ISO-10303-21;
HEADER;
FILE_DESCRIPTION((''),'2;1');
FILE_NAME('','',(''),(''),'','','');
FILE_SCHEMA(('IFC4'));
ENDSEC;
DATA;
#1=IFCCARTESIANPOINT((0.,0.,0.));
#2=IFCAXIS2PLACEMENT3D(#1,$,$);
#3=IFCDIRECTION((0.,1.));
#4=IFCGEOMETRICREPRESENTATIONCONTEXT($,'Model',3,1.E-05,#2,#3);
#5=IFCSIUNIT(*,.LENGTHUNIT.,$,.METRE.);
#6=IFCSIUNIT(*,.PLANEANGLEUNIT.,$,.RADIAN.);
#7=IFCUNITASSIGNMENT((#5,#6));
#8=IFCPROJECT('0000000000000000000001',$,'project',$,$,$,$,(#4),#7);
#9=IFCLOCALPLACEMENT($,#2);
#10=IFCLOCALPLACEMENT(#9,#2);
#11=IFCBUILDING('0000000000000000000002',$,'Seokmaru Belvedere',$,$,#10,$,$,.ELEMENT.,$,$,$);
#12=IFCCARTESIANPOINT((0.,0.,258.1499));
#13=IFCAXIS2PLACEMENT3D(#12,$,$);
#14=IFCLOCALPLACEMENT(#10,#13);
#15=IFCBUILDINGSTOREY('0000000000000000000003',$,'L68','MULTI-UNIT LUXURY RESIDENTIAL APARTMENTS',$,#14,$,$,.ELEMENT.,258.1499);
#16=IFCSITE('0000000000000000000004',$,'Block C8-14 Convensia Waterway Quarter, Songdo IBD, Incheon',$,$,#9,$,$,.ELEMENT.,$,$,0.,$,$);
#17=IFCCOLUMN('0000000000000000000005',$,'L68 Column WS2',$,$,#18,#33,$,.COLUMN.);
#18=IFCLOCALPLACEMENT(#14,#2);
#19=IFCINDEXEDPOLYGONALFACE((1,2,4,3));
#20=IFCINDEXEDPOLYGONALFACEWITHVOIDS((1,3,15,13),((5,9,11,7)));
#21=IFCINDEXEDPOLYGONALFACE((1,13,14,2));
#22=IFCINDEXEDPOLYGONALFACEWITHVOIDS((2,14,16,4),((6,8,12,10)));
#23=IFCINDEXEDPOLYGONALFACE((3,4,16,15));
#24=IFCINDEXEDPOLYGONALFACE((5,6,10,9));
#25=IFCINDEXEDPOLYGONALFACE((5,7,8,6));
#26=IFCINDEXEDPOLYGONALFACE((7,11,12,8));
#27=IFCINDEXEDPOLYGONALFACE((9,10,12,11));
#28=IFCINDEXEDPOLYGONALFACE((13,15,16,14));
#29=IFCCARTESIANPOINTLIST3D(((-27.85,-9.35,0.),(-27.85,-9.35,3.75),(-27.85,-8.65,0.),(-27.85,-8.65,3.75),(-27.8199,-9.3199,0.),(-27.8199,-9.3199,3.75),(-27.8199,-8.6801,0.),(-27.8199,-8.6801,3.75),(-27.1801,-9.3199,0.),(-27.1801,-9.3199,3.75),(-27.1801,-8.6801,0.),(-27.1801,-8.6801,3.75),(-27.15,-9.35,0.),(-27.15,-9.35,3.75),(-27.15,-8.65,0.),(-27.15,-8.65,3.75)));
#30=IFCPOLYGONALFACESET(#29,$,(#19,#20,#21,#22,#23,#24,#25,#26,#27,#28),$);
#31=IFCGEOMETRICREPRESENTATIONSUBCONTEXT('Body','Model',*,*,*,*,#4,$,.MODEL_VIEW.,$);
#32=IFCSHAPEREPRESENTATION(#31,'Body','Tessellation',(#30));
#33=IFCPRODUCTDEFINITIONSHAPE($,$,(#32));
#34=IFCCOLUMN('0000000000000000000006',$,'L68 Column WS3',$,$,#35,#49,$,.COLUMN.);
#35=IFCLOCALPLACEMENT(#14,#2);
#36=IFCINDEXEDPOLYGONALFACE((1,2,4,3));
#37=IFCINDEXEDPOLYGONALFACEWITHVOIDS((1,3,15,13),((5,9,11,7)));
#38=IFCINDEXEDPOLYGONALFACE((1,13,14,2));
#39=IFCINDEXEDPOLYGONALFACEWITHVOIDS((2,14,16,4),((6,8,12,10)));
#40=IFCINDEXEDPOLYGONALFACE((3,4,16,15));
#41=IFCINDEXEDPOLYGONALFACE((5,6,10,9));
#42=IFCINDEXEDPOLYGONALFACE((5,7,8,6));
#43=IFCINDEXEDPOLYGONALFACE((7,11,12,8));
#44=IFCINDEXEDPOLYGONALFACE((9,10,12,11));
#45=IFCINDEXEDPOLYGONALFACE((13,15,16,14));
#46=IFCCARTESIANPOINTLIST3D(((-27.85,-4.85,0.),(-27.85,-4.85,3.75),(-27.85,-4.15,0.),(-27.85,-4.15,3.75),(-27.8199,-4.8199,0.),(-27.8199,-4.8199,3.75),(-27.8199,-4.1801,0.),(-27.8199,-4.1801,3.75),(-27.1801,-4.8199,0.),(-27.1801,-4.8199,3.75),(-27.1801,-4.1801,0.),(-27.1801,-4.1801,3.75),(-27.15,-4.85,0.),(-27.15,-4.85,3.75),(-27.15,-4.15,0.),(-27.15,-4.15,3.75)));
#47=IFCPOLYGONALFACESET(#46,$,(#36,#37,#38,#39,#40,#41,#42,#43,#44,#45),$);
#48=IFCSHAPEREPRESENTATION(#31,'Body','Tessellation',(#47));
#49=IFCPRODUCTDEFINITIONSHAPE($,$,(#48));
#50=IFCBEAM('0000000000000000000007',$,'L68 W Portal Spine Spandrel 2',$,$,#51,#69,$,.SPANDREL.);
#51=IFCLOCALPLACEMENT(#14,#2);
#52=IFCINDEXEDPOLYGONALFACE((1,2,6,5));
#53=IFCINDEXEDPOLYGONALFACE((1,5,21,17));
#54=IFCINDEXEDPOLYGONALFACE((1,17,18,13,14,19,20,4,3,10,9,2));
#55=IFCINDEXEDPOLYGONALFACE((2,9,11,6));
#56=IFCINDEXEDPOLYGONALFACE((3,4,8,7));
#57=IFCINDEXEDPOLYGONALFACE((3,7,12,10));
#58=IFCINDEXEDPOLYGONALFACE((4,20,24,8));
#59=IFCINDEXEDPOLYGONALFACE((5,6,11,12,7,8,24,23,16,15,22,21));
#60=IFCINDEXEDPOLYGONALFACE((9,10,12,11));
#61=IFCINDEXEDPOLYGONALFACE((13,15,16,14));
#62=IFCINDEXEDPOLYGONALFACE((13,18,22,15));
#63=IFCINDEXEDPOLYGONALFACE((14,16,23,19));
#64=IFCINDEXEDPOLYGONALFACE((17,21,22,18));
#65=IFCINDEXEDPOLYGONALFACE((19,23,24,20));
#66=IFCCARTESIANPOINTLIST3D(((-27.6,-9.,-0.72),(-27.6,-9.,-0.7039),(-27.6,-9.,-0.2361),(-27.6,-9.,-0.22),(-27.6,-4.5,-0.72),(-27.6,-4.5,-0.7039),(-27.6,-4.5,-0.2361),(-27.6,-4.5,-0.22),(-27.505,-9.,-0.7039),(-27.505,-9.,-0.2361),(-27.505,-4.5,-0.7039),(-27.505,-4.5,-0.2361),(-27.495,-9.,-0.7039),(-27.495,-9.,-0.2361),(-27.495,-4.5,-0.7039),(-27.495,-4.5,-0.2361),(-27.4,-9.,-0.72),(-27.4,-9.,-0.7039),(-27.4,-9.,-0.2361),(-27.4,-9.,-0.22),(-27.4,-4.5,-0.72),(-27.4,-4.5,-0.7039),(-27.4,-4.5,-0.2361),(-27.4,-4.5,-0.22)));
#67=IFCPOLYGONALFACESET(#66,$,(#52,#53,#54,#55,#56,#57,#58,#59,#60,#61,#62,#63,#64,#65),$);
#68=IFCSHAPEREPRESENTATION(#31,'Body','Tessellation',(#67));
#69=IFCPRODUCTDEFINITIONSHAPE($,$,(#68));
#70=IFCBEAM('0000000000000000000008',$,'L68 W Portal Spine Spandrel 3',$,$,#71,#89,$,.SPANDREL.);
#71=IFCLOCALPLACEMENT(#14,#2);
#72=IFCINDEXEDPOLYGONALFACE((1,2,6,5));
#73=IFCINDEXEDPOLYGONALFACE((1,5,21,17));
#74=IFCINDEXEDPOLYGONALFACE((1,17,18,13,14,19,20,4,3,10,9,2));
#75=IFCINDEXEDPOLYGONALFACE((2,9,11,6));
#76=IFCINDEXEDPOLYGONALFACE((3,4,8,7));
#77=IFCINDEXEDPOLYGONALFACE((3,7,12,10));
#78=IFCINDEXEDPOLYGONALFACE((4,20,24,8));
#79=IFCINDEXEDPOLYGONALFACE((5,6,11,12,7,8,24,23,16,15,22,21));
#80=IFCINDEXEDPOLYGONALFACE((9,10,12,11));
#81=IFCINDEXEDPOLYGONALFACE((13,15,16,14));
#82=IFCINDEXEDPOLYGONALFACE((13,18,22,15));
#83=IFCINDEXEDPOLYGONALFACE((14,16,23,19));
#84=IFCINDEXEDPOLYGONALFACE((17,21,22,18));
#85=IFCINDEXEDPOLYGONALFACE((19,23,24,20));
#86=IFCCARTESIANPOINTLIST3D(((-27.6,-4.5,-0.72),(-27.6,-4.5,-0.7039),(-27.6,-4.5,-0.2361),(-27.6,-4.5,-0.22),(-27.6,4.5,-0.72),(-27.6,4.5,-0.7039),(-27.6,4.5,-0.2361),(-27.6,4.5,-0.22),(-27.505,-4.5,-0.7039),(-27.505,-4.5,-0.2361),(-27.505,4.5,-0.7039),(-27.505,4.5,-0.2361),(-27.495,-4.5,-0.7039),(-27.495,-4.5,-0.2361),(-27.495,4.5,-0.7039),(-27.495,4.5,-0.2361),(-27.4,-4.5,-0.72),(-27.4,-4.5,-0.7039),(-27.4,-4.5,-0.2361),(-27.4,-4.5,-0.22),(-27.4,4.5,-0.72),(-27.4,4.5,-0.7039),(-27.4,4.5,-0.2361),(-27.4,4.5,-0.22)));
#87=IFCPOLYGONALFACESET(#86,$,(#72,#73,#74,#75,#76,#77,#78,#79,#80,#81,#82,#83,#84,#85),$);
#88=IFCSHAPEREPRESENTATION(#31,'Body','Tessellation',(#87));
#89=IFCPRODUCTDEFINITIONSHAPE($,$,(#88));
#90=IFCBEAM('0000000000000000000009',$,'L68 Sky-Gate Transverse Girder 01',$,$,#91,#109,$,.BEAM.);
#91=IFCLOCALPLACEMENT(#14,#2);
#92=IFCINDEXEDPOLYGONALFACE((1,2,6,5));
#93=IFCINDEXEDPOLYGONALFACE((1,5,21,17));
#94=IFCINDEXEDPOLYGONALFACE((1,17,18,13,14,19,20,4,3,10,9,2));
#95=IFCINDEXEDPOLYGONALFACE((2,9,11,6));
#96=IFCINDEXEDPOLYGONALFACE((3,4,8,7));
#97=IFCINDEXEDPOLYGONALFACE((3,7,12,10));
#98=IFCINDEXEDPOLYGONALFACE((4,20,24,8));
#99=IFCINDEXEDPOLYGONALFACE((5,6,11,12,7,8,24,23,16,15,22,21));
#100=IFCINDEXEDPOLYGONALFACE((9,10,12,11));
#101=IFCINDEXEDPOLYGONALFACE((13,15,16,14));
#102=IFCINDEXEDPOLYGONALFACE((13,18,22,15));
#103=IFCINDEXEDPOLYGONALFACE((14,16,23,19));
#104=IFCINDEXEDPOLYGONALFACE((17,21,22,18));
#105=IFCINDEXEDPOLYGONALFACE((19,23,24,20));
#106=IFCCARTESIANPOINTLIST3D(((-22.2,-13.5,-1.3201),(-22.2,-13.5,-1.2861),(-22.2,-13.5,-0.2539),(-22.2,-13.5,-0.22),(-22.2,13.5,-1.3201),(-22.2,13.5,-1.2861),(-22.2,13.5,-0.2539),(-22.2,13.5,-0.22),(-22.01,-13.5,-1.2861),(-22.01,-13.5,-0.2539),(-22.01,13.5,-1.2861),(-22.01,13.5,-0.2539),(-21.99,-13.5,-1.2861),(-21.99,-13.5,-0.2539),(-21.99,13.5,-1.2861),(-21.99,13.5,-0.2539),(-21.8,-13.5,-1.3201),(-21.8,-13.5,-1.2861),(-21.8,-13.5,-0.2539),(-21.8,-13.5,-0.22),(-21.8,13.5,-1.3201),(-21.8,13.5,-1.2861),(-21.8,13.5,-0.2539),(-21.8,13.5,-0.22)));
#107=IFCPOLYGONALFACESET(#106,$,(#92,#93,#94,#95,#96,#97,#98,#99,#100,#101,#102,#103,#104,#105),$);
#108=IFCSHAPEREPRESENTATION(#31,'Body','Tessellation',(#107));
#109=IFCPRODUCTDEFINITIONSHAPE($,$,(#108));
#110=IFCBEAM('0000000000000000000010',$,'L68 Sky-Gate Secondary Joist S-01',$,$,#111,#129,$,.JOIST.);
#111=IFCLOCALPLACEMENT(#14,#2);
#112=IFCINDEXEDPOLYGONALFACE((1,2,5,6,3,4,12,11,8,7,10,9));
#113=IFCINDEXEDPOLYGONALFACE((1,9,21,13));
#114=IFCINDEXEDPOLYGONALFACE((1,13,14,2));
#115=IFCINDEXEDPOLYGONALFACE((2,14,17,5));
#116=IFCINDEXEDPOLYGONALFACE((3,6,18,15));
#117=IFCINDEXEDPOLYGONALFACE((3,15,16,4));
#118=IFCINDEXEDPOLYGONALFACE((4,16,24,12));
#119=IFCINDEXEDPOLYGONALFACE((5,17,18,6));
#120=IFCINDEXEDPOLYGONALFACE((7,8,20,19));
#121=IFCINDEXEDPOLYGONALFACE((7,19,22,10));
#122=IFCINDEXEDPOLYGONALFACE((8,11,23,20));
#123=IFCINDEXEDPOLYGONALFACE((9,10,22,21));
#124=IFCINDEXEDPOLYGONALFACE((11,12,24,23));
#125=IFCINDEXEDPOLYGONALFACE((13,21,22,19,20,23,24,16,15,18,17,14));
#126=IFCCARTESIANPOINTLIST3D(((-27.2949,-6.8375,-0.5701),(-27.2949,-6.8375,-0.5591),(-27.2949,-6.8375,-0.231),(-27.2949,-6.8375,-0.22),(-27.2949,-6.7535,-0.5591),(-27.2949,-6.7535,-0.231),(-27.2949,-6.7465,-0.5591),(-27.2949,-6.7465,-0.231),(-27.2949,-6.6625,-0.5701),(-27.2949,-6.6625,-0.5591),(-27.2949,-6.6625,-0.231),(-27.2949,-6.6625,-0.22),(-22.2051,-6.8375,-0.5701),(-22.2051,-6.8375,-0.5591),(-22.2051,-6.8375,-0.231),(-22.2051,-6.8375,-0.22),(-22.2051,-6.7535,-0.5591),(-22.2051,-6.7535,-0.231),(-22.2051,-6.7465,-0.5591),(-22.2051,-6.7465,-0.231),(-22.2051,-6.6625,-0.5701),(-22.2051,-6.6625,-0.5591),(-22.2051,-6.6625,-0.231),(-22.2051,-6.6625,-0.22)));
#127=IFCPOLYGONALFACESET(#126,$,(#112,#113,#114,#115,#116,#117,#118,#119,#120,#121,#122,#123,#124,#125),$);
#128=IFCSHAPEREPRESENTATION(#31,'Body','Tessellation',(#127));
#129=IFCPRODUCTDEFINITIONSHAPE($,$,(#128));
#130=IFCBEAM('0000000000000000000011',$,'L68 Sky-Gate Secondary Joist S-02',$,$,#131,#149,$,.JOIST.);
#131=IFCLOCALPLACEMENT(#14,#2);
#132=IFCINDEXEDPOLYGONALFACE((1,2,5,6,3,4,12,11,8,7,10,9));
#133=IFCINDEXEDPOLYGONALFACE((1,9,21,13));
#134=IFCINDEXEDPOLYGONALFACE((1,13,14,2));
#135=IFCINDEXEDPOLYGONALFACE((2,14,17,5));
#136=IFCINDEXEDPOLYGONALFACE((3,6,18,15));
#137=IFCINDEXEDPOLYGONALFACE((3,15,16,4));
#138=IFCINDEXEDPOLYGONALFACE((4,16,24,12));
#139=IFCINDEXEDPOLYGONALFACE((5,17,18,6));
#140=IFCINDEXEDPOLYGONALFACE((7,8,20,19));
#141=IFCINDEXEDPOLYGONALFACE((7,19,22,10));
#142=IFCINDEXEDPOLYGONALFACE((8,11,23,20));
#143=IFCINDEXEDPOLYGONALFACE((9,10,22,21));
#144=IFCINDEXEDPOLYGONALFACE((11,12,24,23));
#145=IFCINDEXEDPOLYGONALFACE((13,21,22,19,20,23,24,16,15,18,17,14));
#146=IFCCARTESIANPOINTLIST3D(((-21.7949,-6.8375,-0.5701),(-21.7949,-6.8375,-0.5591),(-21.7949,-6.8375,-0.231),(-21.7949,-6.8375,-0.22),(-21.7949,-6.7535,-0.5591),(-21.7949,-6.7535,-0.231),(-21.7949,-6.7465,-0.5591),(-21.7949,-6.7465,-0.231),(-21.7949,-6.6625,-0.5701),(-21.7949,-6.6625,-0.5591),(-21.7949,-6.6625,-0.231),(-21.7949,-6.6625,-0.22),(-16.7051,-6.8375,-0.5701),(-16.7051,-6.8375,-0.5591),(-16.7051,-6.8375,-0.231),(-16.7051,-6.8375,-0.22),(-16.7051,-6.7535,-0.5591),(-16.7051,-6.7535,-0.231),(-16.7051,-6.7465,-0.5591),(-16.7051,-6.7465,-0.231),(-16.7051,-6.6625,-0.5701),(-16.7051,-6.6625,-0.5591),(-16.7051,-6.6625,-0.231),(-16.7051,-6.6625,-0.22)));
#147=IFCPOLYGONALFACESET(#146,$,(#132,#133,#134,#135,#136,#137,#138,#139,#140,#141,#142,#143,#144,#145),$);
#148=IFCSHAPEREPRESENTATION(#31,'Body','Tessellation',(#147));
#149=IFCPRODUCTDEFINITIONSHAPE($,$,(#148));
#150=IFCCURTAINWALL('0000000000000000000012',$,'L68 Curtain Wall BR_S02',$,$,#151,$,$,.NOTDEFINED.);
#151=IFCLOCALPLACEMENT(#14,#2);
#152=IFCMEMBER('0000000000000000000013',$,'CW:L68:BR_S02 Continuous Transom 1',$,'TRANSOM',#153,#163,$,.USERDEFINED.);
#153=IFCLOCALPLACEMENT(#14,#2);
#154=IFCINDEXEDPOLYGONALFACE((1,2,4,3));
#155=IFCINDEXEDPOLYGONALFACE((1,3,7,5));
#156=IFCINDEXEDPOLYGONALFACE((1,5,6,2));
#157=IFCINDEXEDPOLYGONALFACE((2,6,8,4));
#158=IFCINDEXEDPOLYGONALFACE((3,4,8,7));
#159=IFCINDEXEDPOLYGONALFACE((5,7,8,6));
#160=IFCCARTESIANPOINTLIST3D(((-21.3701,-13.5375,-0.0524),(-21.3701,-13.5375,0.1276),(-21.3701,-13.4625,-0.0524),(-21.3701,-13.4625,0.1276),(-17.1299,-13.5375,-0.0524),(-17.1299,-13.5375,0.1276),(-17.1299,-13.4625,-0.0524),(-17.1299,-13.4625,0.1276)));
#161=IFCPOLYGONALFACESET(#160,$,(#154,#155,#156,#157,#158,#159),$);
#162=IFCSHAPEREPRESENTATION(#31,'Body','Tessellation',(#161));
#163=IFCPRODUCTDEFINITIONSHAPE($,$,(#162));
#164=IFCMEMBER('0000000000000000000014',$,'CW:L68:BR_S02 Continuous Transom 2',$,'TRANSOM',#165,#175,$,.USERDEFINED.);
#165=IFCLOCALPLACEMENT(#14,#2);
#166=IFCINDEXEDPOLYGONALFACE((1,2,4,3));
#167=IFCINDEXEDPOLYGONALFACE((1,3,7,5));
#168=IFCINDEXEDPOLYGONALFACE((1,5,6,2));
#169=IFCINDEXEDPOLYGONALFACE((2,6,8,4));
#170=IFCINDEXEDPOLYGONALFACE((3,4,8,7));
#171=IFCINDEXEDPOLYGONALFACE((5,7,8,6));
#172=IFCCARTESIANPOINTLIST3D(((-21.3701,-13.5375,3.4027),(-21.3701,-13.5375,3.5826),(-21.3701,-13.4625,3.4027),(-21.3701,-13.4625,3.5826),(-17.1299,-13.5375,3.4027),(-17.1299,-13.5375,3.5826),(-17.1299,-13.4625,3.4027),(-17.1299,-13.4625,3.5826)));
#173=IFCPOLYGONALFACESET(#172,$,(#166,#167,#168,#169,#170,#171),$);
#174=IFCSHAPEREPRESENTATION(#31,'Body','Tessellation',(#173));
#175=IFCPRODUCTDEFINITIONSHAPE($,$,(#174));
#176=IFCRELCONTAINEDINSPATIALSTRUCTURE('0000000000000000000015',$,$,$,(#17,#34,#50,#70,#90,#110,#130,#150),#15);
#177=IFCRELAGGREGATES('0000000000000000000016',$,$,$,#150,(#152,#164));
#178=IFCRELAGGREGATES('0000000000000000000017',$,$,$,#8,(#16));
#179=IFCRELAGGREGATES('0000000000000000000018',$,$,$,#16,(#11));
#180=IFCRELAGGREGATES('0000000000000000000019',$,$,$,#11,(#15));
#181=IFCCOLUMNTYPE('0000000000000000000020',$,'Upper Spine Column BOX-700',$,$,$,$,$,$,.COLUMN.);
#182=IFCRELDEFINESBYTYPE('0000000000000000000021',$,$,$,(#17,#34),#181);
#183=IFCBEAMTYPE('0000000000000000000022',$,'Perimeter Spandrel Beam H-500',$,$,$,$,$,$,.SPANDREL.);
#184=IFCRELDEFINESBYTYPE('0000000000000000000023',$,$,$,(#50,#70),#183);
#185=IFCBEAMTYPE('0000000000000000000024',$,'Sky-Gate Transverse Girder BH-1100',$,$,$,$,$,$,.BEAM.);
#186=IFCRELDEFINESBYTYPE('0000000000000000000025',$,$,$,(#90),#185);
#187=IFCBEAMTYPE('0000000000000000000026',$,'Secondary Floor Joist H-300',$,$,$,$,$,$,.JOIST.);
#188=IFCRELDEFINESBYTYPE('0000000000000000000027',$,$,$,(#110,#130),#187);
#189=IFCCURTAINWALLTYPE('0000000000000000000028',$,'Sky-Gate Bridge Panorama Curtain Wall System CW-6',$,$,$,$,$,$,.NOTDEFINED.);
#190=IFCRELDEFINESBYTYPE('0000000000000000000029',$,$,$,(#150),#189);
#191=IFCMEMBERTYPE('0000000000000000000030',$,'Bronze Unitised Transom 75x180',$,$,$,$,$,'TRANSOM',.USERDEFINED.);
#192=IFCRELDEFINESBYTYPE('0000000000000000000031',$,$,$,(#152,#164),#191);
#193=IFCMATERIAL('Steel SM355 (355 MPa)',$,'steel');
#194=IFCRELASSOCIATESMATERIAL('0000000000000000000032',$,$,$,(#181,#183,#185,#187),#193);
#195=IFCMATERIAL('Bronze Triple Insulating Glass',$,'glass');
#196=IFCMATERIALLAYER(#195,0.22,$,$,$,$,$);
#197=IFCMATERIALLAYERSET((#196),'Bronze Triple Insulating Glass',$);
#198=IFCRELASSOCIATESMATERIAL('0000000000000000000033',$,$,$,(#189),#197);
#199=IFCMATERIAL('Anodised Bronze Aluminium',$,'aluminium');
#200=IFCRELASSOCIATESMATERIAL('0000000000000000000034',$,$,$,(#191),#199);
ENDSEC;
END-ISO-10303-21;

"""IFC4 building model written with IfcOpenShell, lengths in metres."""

from ifc_helpers import new_model, si_unit, direction, frame, origin, origin_2d, place, context, subcontext, project, spatial, rectangle, hollow_rectangle, i_section, extrude, source, transform, mapped, material, layer, layer_set, material_profile, profile_set, type_object, type_shapes, element, aggregate, save


model = new_model("IFC4")

# Units and contexts
model_context = context("Model", 3, precision=1e-05, world=origin(), true_north=direction((0.0, 1.0)))
body_context = subcontext(model_context, "Body", "Model", "MODEL_VIEW")
ifc_project = project(units=[si_unit("LENGTHUNIT", "METRE"), si_unit("PLANEANGLEUNIT", "RADIAN")], contexts=[model_context])

# Site, building, storey
site_placement = place(None, origin())
site = spatial("IfcSite", under=ifc_project, at=site_placement, Name="Block C8-14 Convensia Waterway Quarter, Songdo IBD, Incheon", CompositionType="ELEMENT", RefElevation=0.0)
building_placement = place(site_placement, origin())
building = spatial("IfcBuilding", under=site, at=building_placement, Name="Seokmaru Belvedere", CompositionType="ELEMENT")
storey_placement = place(building_placement, frame((0.0, 0.0, 258.1499)))
storey = spatial("IfcBuildingStorey", under=building, at=storey_placement, Name="L68", Description="MULTI-UNIT LUXURY RESIDENTIAL APARTMENTS", CompositionType="ELEMENT", Elevation=258.1499)

# Columns
ifc_material_1 = material(Name="Steel SM355 (355 MPa)", Category="steel")
ifc_material_profile_1 = material_profile(ifc_material_1, hollow_rectangle(XDim=0.7, YDim=0.7, WallThickness=0.03, at=origin_2d()), Name="BOX-700x700x30")
ifc_profile_set_1 = profile_set([ifc_material_profile_1], Name="Steel SM355 (355 MPa)")
column_type = type_object("IfcColumnType", Name="Upper Spine Column BOX-700", PredefinedType="COLUMN", material=ifc_profile_set_1)
shared_shape_1 = source(origin(), body_context, "Body", "SweptSolid", [
    extrude(hollow_rectangle(XDim=0.7, YDim=0.7, WallThickness=0.03, at=origin_2d()), origin(), (0.0, 0.0, 1.0), 3.75),
])
type_shapes(column_type, [shared_shape_1])
for number, where, z_axis, x_axis, name in (
    (1, (-27.5, -9.0, 0.0), (0.0, 0.0, 1.0), (1.0, 0.0, 0.0), "L68 Column WS2"),
    (2, (-27.5, -4.5, 0.0), (0.0, 0.0, 1.0), (1.0, 0.0, 0.0), "L68 Column WS3"),
):
    element("IfcColumn", number, at=place(storey_placement, frame(where, z_axis=z_axis, x_axis=x_axis)), inside=storey, type_object=column_type, Name=name, PredefinedType="COLUMN", context=body_context, shape_type="MappedRepresentation", body=[
        mapped(shared_shape_1, transform((0.0, 0.0, 0.0), scale=1.0)),
    ])

# Beams
ifc_material_profile_2 = material_profile(ifc_material_1, i_section(OverallWidth=0.2, OverallDepth=0.5, WebThickness=0.01, FlangeThickness=0.0161, at=origin_2d()), Name="H-500x200x10x16")
ifc_profile_set_2 = profile_set([ifc_material_profile_2], Name="Steel SM355 (355 MPa)")
beam_type_1 = type_object("IfcBeamType", Name="Perimeter Spandrel Beam H-500", PredefinedType="SPANDREL", material=ifc_profile_set_2)
shared_shape_2 = source(origin(), body_context, "Body", "SweptSolid", [
    extrude(i_section(OverallWidth=0.2, OverallDepth=0.5, WebThickness=0.01, FlangeThickness=0.0161, at=origin_2d()), origin(), (0.0, 0.0, 1.0), 4.5),
])
beam_1_placement = place(storey_placement, frame((-27.5, -9.0, -0.47), z_axis=(0.0, 1.0, 0.0), x_axis=(-1.0, 0.0, 0.0)))
element("IfcBeam", 3, at=beam_1_placement, inside=storey, type_object=beam_type_1, Name="L68 W Portal Spine Spandrel 2", PredefinedType="SPANDREL", context=body_context, shape_type="MappedRepresentation", body=[
    mapped(shared_shape_2, transform((0.0, 0.0, 0.0), scale=1.0)),
])
shared_shape_3 = source(origin(), body_context, "Body", "SweptSolid", [
    extrude(i_section(OverallWidth=0.2, OverallDepth=0.5, WebThickness=0.01, FlangeThickness=0.0161, at=origin_2d()), origin(), (0.0, 0.0, 1.0), 9.0),
])
type_shapes(beam_type_1, [shared_shape_2, shared_shape_3])
beam_2_placement = place(storey_placement, frame((-27.5, -4.5, -0.47), z_axis=(0.0, 1.0, 0.0), x_axis=(-1.0, 0.0, 0.0)))
element("IfcBeam", 4, at=beam_2_placement, inside=storey, type_object=beam_type_1, Name="L68 W Portal Spine Spandrel 3", PredefinedType="SPANDREL", context=body_context, shape_type="MappedRepresentation", body=[
    mapped(shared_shape_3, transform((0.0, 0.0, 0.0), scale=1.0)),
])
ifc_material_profile_3 = material_profile(ifc_material_1, i_section(OverallWidth=0.3999, OverallDepth=1.1001, WebThickness=0.02, FlangeThickness=0.0339, at=origin_2d()), Name="BH-1100x400x20x34")
ifc_profile_set_3 = profile_set([ifc_material_profile_3], Name="Steel SM355 (355 MPa)")
beam_type_2 = type_object("IfcBeamType", Name="Sky-Gate Transverse Girder BH-1100", PredefinedType="BEAM", material=ifc_profile_set_3)
shared_shape_4 = source(origin(), body_context, "Body", "SweptSolid", [
    extrude(i_section(OverallWidth=0.3999, OverallDepth=1.1001, WebThickness=0.02, FlangeThickness=0.0339, at=origin_2d()), origin(), (0.0, 0.0, 1.0), 27.0),
])
type_shapes(beam_type_2, [shared_shape_4])
beam_3_placement = place(storey_placement, frame((-22.0, -13.5, -0.77), z_axis=(0.0, 1.0, 0.0), x_axis=(-1.0, 0.0, 0.0)))
element("IfcBeam", 5, at=beam_3_placement, inside=storey, type_object=beam_type_2, Name="L68 Sky-Gate Transverse Girder 01", PredefinedType="BEAM", context=body_context, shape_type="MappedRepresentation", body=[
    mapped(shared_shape_4, transform((0.0, 0.0, 0.0), scale=1.0)),
])
ifc_material_profile_4 = material_profile(ifc_material_1, i_section(OverallWidth=0.175, OverallDepth=0.3501, WebThickness=0.0071, FlangeThickness=0.011, at=origin_2d()), Name="H-350x175x7x11")
ifc_profile_set_4 = profile_set([ifc_material_profile_4], Name="Steel SM355 (355 MPa)")
beam_type_3 = type_object("IfcBeamType", Name="Secondary Floor Joist H-300", PredefinedType="JOIST", material=ifc_profile_set_4)
shared_shape_5 = source(origin(), body_context, "Body", "SweptSolid", [
    extrude(i_section(OverallWidth=0.175, OverallDepth=0.3501, WebThickness=0.0071, FlangeThickness=0.011, at=origin_2d()), origin(), (0.0, 0.0, 1.0), 5.0898),
])
type_shapes(beam_type_3, [shared_shape_5])
for number, where, z_axis, x_axis, name in (
    (6, (-27.2949, -6.75, -0.395), (1.0, 0.0, 0.0), (0.0, 1.0, 0.0), "L68 Sky-Gate Secondary Joist S-01"),
    (7, (-21.7949, -6.75, -0.395), (1.0, 0.0, 0.0), (0.0, 1.0, 0.0), "L68 Sky-Gate Secondary Joist S-02"),
):
    element("IfcBeam", number, at=place(storey_placement, frame(where, z_axis=z_axis, x_axis=x_axis)), inside=storey, type_object=beam_type_3, Name=name, PredefinedType="JOIST", context=body_context, shape_type="MappedRepresentation", body=[
        mapped(shared_shape_5, transform((0.0, 0.0, 0.0), scale=1.0)),
    ])

# Curtain wall, members
ifc_material_2 = material(Name="Bronze Triple Insulating Glass", Category="glass")
ifc_layer_1 = layer(ifc_material_2, 0.22)
ifc_layer_set_1 = layer_set([ifc_layer_1], Name="Bronze Triple Insulating Glass")
curtain_wall_type = type_object("IfcCurtainWallType", Name="Sky-Gate Bridge Panorama Curtain Wall System CW-6", PredefinedType="NOTDEFINED", material=ifc_layer_set_1)
curtain_wall_placement = place(storey_placement, origin())
curtain_wall = element("IfcCurtainWall", 8, at=curtain_wall_placement, inside=storey, type_object=curtain_wall_type, Name="L68 Curtain Wall BR_S02", PredefinedType="NOTDEFINED")
ifc_material_3 = material(Name="Anodised Bronze Aluminium", Category="aluminium")
ifc_material_profile_5 = material_profile(ifc_material_3, rectangle(XDim=0.075, YDim=0.1799, at=origin_2d()), Name="CW-T-75x180")
ifc_profile_set_5 = profile_set([ifc_material_profile_5], Name="Anodised Bronze Aluminium")
member_type_1 = type_object("IfcMemberType", Name="Bronze Unitised Transom 75x180", ElementType="TRANSOM", PredefinedType="USERDEFINED", material=ifc_profile_set_5)
shared_shape_6 = source(origin(), body_context, "Body", "SweptSolid", [
    extrude(rectangle(XDim=0.075, YDim=0.1799, at=origin_2d()), origin(), (0.0, 0.0, 1.0), 4.2402),
])
type_shapes(member_type_1, [shared_shape_6])
member_1_placement = place(storey_placement, frame((-21.3701, -13.5, 0.0376), z_axis=(1.0, 0.0, 0.0), x_axis=(0.0, 1.0, 0.0)))
member_1 = element("IfcMember", 9, at=member_1_placement, type_object=member_type_1, Name="CW:L68:BR_S02 Continuous Transom 1", ObjectType="TRANSOM", PredefinedType="USERDEFINED", context=body_context, shape_type="MappedRepresentation", body=[
    mapped(shared_shape_6, transform((0.0, 0.0, 0.0), scale=1.0)),
])
member_2_placement = place(storey_placement, frame((-21.3701, -13.5, 3.4927), z_axis=(1.0, 0.0, 0.0), x_axis=(0.0, 1.0, 0.0)))
member_2 = element("IfcMember", 10, at=member_2_placement, type_object=member_type_1, Name="CW:L68:BR_S02 Continuous Transom 2", ObjectType="TRANSOM", PredefinedType="USERDEFINED", context=body_context, shape_type="MappedRepresentation", body=[
    mapped(shared_shape_6, transform((0.0, 0.0, 0.0), scale=1.0)),
])
aggregate(curtain_wall, [member_1, member_2])

save(model, "model.ifc")
